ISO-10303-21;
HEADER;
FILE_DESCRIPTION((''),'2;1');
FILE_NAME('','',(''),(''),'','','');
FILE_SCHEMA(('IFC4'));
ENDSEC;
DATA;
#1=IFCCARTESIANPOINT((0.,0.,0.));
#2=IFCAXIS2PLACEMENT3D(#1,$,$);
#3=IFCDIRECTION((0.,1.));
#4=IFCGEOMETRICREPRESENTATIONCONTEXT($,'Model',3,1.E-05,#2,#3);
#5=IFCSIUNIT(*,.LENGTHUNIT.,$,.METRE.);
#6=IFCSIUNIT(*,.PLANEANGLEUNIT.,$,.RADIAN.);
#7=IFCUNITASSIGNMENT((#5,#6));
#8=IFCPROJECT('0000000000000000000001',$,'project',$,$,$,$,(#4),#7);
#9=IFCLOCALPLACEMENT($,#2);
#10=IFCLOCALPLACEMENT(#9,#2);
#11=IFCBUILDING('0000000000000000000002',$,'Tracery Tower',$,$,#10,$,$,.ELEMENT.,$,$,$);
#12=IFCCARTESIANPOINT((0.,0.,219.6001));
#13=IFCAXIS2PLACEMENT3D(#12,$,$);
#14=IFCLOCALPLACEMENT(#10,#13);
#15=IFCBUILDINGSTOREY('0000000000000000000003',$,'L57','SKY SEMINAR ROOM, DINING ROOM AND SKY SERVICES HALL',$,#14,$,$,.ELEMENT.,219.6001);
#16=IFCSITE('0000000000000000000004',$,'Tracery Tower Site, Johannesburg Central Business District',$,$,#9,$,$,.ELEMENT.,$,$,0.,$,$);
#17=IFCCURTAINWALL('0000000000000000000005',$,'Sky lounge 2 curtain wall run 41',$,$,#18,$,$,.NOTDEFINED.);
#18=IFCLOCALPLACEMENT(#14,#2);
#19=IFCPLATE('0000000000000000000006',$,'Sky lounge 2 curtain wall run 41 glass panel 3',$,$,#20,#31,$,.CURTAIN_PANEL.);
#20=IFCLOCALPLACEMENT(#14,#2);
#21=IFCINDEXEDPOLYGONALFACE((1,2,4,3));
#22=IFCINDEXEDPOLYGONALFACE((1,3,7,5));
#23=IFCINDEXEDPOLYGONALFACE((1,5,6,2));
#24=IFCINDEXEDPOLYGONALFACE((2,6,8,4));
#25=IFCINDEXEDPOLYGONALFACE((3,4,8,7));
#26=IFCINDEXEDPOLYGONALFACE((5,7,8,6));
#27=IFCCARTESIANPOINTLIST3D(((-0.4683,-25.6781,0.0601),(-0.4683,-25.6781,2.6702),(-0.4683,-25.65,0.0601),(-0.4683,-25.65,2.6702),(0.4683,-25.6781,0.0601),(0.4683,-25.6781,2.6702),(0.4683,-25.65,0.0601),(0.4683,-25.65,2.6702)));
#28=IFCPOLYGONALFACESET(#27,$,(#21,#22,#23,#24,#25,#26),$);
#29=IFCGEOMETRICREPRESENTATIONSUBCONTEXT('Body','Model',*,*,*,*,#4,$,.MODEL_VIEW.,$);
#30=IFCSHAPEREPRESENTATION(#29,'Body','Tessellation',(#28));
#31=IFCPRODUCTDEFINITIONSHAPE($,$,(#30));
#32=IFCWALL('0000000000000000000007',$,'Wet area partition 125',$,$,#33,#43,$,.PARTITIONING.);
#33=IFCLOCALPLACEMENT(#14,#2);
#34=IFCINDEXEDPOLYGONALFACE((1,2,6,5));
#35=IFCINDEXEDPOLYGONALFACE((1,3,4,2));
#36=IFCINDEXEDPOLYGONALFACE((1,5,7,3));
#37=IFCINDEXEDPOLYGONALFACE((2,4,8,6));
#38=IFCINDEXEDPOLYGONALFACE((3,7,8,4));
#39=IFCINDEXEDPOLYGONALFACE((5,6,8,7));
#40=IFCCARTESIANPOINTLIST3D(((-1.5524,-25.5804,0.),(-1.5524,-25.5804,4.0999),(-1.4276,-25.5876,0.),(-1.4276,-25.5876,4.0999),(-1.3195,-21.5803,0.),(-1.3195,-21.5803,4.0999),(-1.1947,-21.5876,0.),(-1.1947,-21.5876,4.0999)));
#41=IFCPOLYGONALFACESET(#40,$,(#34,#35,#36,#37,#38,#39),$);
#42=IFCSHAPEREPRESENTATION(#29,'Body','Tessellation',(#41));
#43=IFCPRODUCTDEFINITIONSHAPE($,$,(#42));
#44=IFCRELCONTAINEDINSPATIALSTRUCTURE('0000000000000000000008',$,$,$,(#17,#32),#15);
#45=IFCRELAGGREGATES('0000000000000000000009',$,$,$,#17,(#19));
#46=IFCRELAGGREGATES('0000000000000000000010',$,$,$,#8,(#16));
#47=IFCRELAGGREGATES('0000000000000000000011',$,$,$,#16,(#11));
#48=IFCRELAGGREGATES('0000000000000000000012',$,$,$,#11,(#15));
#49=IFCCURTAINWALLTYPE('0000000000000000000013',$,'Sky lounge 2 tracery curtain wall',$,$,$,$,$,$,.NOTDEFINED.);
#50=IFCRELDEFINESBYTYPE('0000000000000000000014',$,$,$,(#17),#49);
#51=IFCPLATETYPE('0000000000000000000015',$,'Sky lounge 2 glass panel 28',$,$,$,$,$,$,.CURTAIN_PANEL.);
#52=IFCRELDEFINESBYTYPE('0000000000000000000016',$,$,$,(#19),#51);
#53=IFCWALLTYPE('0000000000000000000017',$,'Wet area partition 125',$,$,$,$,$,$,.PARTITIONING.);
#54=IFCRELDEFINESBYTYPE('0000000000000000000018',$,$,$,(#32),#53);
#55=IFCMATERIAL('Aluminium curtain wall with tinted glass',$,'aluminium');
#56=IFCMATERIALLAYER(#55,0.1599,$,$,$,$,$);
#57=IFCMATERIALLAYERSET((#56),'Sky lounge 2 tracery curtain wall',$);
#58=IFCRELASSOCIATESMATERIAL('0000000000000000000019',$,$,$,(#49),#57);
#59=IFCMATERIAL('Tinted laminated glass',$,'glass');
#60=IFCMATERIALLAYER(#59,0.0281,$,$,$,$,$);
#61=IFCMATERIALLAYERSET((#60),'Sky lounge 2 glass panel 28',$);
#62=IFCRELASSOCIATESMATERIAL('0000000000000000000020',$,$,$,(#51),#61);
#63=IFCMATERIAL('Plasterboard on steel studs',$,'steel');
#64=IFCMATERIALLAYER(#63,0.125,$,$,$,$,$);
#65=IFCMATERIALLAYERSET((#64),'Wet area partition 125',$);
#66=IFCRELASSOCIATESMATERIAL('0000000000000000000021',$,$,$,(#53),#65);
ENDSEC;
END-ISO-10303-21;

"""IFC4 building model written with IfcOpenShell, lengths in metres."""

from ifc_helpers import new_model, si_unit, direction, frame, frame_2d, origin, origin_2d, place, context, subcontext, project, spatial, rectangle, extrude, material, layer, layer_set, type_object, element, aggregate, save


model = new_model("IFC4")

# Units and contexts
model_context = context("Model", 3, precision=1e-05, world=origin(), true_north=direction((0.0, 1.0)))
body_context = subcontext(model_context, "Body", "Model", "MODEL_VIEW")
ifc_project = project(units=[si_unit("LENGTHUNIT", "METRE"), si_unit("PLANEANGLEUNIT", "RADIAN")], contexts=[model_context])

# Site, building, storey
site_placement = place(None, origin())
site = spatial("IfcSite", under=ifc_project, at=site_placement, Name="Tracery Tower Site, Johannesburg Central Business District", CompositionType="ELEMENT", RefElevation=0.0)
building_placement = place(site_placement, origin())
building = spatial("IfcBuilding", under=site, at=building_placement, Name="Tracery Tower", CompositionType="ELEMENT")
storey_placement = place(building_placement, frame((0.0, 0.0, 219.6001)))
storey = spatial("IfcBuildingStorey", under=building, at=storey_placement, Name="L57", Description="SKY SEMINAR ROOM, DINING ROOM AND SKY SERVICES HALL", CompositionType="ELEMENT", Elevation=219.6001)

# Shared definitions
ifc_material_1 = material(Name="Aluminium curtain wall with tinted glass", Category="aluminium")
ifc_layer_1 = layer(ifc_material_1, 0.1599)
ifc_layer_set_1 = layer_set([ifc_layer_1], Name="Sky lounge 2 tracery curtain wall")
curtain_wall_type = type_object("IfcCurtainWallType", Name="Sky lounge 2 tracery curtain wall", PredefinedType="NOTDEFINED", material=ifc_layer_set_1)

# Curtain wall
curtain_wall_1_placement = place(storey_placement, origin())
curtain_wall_1 = element("IfcCurtainWall", 1, at=curtain_wall_1_placement, inside=storey, type_object=curtain_wall_type, Name="Sky lounge 2 curtain wall run 41", PredefinedType="NOTDEFINED")

# Plate
ifc_material_2 = material(Name="Tinted laminated glass", Category="glass")
ifc_layer_2 = layer(ifc_material_2, 0.0281)
ifc_layer_set_2 = layer_set([ifc_layer_2], Name="Sky lounge 2 glass panel 28")
plate_type = type_object("IfcPlateType", Name="Sky lounge 2 glass panel 28", PredefinedType="CURTAIN_PANEL", material=ifc_layer_set_2)
plate_1_placement = place(storey_placement, frame((0.0, -25.6641, 0.0601), z_axis=(0.0, 0.0, 1.0), x_axis=(1.0, 0.0, 0.0)))
plate_1 = element("IfcPlate", 2, at=plate_1_placement, type_object=plate_type, Name="Sky lounge 2 curtain wall run 41 glass panel 3", PredefinedType="CURTAIN_PANEL", context=body_context, shape_type="SweptSolid", body=[
    extrude(rectangle(XDim=0.9365, YDim=0.0281, at=origin_2d()), origin(), (0.0, 0.0, 1.0), 2.6101),
])
aggregate(curtain_wall_1, [plate_1])

# Wall
ifc_material_3 = material(Name="Plasterboard on steel studs", Category="steel")
ifc_layer_3 = layer(ifc_material_3, 0.125)
ifc_layer_set_3 = layer_set([ifc_layer_3], Name="Wet area partition 125")
wall_type = type_object("IfcWallType", Name="Wet area partition 125", PredefinedType="PARTITIONING", material=ifc_layer_set_3)
wall_placement = place(storey_placement, frame((-1.49, -25.584, 0.0), z_axis=(0.0, 0.0, 1.0), x_axis=(0.058129, 0.998309, 0.0)))
element("IfcWall", 3, at=wall_placement, inside=storey, type_object=wall_type, Name="Wet area partition 125", PredefinedType="PARTITIONING", context=body_context, shape_type="SweptSolid", body=[
    extrude(rectangle(XDim=4.0068, YDim=0.125, at=frame_2d((2.0034, 0.0))), origin(), (0.0, 0.0, 1.0), 4.0999),
])

save(model, "model.ifc")
